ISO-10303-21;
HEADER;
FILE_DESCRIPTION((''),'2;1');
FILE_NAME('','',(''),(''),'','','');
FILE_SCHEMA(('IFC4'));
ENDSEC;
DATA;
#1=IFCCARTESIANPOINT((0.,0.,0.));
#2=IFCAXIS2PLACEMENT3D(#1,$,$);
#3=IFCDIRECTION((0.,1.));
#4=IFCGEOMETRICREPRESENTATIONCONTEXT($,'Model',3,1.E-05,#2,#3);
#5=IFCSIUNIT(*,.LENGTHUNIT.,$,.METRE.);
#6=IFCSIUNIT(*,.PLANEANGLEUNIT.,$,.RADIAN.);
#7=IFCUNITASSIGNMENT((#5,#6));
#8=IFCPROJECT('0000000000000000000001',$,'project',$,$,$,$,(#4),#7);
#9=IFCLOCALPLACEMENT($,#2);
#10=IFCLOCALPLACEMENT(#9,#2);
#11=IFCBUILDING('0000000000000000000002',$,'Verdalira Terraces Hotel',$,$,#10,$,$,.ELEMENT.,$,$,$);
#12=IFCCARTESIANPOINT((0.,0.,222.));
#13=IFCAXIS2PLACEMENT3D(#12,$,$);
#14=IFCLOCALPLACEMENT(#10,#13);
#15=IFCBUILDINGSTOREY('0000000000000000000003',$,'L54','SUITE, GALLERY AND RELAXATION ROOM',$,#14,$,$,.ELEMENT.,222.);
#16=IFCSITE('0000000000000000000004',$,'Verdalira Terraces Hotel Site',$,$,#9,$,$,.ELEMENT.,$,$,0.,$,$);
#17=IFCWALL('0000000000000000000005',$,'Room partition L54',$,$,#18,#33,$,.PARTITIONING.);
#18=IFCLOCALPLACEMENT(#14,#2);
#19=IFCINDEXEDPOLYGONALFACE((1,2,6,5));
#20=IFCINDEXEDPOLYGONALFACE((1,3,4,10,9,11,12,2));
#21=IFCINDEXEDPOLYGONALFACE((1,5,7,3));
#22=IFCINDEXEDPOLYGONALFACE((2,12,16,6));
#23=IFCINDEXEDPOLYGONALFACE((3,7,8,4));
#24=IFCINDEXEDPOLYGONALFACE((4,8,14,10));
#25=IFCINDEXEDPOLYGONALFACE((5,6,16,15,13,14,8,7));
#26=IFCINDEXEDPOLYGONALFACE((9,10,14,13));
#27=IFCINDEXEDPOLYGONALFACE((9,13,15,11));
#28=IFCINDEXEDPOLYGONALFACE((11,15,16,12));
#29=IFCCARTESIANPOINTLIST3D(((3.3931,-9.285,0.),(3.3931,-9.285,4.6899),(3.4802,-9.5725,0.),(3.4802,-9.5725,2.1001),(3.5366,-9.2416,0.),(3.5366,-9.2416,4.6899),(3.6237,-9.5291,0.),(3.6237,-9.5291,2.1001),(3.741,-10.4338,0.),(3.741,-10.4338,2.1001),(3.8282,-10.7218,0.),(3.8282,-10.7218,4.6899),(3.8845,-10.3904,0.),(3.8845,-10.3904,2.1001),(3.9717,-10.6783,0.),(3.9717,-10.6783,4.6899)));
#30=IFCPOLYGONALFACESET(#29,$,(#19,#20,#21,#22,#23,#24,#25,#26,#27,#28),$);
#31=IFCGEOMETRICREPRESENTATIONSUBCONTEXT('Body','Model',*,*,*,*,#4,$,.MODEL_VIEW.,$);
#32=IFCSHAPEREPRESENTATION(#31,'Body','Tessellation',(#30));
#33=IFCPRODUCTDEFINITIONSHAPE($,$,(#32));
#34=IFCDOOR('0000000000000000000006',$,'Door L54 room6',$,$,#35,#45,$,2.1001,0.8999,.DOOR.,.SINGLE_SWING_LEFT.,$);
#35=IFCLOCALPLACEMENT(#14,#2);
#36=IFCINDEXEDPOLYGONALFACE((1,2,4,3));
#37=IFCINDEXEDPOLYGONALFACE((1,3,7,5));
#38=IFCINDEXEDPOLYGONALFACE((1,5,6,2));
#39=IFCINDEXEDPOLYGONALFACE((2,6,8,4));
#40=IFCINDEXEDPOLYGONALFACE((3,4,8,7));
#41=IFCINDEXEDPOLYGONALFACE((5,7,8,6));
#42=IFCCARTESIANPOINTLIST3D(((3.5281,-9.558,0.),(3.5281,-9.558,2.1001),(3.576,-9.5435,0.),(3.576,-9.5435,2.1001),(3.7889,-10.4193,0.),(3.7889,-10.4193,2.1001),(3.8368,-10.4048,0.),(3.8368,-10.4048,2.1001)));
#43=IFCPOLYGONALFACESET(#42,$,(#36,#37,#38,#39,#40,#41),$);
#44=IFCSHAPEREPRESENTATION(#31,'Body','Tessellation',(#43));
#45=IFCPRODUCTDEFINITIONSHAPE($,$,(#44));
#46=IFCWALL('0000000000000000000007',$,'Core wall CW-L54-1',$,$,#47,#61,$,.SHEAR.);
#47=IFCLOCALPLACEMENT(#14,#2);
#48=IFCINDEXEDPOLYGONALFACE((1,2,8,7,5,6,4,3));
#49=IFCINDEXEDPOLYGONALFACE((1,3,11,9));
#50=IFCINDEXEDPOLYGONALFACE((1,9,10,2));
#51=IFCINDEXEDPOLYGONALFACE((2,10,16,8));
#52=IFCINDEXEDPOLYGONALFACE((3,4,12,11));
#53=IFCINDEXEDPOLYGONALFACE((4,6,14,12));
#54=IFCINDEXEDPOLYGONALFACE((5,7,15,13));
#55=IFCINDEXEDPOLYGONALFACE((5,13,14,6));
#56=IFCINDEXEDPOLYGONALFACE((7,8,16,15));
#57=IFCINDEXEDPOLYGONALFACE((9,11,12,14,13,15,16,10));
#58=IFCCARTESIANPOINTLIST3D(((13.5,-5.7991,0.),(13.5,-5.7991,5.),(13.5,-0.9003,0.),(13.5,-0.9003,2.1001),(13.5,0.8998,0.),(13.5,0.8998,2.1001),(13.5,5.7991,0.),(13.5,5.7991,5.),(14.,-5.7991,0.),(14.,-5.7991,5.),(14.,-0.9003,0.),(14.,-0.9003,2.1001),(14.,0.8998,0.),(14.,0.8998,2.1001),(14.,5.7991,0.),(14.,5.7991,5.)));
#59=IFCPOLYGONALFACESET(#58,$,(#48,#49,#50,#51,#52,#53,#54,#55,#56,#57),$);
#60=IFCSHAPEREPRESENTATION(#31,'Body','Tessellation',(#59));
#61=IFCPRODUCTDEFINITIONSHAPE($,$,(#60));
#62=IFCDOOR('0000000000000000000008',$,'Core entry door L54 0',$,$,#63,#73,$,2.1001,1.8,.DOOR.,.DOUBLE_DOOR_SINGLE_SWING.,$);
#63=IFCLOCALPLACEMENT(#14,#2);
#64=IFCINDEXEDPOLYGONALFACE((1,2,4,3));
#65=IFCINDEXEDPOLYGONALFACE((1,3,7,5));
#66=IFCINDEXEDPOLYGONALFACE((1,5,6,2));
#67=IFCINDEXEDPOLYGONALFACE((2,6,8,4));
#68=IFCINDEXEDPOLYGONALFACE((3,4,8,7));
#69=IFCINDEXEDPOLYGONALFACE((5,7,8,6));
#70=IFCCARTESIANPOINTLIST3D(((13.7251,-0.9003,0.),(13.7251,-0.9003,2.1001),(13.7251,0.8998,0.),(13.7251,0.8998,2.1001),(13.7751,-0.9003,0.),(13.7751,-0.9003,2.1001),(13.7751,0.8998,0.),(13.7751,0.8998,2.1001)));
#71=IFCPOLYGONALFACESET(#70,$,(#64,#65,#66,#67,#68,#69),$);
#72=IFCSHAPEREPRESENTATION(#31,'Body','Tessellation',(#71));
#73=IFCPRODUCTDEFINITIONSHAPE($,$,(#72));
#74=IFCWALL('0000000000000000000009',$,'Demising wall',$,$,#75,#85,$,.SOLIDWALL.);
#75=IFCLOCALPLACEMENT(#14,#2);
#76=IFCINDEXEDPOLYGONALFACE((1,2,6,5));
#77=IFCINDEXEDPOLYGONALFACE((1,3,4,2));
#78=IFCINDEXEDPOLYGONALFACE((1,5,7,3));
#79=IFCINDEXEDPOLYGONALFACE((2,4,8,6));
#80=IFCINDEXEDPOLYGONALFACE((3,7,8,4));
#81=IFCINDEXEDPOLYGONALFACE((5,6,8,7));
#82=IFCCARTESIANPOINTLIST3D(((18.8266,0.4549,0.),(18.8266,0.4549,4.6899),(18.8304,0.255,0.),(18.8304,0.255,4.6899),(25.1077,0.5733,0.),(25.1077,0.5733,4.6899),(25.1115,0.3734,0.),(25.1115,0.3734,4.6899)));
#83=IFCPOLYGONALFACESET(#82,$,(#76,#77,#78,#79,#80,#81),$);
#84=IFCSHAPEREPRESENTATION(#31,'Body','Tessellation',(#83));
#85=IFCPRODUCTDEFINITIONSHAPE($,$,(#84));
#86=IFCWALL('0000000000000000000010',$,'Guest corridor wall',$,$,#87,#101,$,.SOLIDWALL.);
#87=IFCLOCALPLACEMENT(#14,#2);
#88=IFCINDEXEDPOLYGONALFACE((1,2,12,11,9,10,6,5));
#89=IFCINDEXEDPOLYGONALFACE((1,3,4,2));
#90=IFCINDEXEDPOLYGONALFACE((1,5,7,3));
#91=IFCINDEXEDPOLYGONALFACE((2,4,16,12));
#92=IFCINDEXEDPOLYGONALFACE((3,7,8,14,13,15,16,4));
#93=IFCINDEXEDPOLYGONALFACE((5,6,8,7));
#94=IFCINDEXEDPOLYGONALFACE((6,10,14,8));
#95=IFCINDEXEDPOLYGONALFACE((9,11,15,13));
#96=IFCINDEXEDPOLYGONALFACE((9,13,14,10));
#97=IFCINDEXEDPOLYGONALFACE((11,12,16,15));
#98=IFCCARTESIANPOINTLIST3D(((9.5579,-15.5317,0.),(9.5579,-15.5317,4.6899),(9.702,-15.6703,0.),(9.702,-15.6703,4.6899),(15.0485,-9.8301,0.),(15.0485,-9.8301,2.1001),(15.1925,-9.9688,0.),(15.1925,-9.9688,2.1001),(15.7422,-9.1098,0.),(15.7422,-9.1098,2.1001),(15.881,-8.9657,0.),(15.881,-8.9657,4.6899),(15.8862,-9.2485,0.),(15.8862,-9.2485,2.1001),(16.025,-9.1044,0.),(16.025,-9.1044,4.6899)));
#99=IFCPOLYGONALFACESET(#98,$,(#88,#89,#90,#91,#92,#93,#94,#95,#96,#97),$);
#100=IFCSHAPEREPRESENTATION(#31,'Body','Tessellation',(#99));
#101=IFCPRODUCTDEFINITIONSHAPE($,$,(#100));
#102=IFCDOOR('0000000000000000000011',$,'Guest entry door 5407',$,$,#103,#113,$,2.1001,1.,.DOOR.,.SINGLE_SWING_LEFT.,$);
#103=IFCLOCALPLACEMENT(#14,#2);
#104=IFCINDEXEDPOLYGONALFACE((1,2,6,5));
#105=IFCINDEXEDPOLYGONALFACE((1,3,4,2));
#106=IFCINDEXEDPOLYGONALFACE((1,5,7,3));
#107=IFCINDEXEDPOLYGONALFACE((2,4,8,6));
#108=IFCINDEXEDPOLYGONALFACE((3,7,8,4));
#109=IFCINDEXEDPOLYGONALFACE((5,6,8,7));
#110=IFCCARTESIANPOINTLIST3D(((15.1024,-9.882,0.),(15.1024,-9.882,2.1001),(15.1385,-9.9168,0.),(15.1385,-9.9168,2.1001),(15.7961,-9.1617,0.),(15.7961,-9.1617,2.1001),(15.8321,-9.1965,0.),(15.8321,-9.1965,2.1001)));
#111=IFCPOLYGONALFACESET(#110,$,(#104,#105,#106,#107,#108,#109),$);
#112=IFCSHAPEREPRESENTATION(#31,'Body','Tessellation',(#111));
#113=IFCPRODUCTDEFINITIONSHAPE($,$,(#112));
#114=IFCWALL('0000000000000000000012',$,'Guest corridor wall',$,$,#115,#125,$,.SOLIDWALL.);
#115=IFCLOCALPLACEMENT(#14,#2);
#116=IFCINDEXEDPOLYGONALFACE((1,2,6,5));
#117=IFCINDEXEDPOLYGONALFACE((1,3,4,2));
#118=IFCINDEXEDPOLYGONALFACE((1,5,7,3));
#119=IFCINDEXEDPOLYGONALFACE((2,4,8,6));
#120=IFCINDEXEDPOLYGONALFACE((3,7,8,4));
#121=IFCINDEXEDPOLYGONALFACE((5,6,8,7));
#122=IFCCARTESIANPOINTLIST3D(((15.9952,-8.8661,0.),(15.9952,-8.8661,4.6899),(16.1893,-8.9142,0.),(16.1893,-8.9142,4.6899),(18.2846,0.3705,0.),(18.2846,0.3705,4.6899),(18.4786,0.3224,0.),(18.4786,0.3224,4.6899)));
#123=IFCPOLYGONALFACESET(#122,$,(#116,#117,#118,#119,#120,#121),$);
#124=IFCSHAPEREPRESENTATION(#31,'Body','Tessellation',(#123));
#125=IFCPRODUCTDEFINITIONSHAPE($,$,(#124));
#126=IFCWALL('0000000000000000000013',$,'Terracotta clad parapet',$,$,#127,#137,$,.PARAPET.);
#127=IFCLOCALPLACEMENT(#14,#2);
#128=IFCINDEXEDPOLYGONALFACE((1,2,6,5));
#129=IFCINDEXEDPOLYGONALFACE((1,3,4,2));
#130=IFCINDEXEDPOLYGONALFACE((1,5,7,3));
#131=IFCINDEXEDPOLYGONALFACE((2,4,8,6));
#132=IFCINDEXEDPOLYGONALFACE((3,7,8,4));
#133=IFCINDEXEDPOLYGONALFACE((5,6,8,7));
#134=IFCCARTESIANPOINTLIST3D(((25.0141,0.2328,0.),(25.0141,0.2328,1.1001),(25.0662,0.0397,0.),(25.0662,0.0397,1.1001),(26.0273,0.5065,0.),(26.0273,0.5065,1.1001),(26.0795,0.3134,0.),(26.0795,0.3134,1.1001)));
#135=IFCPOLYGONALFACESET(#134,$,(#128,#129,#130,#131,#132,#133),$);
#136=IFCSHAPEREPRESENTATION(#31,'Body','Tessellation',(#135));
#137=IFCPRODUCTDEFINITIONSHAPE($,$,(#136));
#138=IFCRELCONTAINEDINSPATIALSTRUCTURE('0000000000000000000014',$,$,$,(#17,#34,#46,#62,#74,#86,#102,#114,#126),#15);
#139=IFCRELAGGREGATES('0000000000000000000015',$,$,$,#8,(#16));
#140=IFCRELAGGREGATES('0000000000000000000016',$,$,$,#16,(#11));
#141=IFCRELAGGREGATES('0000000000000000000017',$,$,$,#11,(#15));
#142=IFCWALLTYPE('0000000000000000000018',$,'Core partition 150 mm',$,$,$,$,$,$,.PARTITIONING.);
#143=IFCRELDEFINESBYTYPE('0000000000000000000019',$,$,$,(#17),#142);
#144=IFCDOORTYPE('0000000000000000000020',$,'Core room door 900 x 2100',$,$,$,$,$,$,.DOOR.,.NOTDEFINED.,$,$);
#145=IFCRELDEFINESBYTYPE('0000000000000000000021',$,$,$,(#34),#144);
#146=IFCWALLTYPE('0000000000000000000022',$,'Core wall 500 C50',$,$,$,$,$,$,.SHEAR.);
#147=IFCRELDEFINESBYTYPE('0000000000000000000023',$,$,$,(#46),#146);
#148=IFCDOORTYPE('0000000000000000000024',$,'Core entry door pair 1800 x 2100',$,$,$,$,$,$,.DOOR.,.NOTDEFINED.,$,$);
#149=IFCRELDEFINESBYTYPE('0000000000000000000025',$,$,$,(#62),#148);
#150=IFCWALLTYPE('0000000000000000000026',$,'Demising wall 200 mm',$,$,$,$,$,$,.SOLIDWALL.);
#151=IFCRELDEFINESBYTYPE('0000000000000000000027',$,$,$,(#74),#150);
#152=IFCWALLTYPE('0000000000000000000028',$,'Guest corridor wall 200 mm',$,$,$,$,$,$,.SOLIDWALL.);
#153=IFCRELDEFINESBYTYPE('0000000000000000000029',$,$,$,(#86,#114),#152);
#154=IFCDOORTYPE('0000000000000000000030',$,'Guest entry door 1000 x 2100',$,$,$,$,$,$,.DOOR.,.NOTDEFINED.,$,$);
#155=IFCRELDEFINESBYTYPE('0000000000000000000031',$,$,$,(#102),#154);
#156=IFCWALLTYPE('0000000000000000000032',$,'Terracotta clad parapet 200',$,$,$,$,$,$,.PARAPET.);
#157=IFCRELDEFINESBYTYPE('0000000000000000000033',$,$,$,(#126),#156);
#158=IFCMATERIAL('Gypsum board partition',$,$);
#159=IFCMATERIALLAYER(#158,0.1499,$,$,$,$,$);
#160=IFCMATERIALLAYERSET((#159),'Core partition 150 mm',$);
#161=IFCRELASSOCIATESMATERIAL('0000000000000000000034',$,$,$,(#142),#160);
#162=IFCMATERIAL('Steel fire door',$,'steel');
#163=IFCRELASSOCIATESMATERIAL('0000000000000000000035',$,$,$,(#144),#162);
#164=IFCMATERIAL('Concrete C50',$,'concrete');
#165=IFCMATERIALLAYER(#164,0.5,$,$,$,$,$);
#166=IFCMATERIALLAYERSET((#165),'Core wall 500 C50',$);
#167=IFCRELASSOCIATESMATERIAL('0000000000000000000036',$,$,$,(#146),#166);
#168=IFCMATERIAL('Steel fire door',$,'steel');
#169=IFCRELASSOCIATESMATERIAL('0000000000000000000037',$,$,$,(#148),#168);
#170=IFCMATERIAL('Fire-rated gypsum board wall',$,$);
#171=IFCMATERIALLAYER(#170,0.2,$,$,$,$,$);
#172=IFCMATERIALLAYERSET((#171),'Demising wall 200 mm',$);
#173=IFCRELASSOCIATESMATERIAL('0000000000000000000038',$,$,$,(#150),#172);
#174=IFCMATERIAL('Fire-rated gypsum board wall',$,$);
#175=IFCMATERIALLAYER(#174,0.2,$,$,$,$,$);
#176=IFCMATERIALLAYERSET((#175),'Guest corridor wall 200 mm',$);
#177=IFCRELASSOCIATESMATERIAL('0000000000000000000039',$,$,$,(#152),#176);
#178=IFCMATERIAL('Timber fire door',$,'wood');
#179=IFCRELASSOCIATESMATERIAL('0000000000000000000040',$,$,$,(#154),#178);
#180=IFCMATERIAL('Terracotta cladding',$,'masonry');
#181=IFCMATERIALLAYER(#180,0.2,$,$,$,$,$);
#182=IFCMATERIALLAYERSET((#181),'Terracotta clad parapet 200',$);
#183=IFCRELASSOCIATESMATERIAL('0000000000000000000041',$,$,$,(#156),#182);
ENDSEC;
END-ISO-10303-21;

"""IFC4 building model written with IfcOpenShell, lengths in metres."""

from ifc_helpers import new_model, si_unit, direction, frame, frame_2d, origin, place, context, subcontext, project, spatial, rectangle, extrude, material, layer, layer_set, type_object, element, fill, save


model = new_model("IFC4")

# Units and contexts
model_context = context("Model", 3, precision=1e-05, world=origin(), true_north=direction((0.0, 1.0)))
body_context = subcontext(model_context, "Body", "Model", "MODEL_VIEW")
ifc_project = project(units=[si_unit("LENGTHUNIT", "METRE"), si_unit("PLANEANGLEUNIT", "RADIAN")], contexts=[model_context])

# Site, building, storey
site_placement = place(None, origin())
site = spatial("IfcSite", under=ifc_project, at=site_placement, Name="Verdalira Terraces Hotel Site", CompositionType="ELEMENT", RefElevation=0.0)
building_placement = place(site_placement, origin())
building = spatial("IfcBuilding", under=site, at=building_placement, Name="Verdalira Terraces Hotel", CompositionType="ELEMENT")
storey_placement = place(building_placement, frame((0.0, 0.0, 222.0)))
storey = spatial("IfcBuildingStorey", under=building, at=storey_placement, Name="L54", Description="SUITE, GALLERY AND RELAXATION ROOM", CompositionType="ELEMENT", Elevation=222.0)

# Walls, openings, doors
ifc_material_1 = material(Name="Gypsum board partition")
ifc_layer_1 = layer(ifc_material_1, 0.1499)
ifc_layer_set_1 = layer_set([ifc_layer_1], Name="Core partition 150 mm")
wall_type_1 = type_object("IfcWallType", Name="Core partition 150 mm", PredefinedType="PARTITIONING", material=ifc_layer_set_1)
wall_1_placement = place(storey_placement, frame((3.8999, -10.7, 0.0), z_axis=(0.0, 0.0, 1.0), x_axis=(-0.289809, 0.957085, 0.0)))
wall_1 = element("IfcWall", 1, at=wall_1_placement, inside=storey, type_object=wall_type_1, Name="Room partition L54", PredefinedType="PARTITIONING", context=body_context, shape_type="SweptSolid", body=[
    extrude(rectangle(XDim=1.5012, YDim=0.1499, at=frame_2d((0.7505, 0.0))), origin(), (0.0, 0.0, 1.0), 4.6899),
])
opening_1_placement = place(wall_1_placement, frame((0.3008, 0.0, 0.0)))
opening_1 = element("IfcOpeningElement", 2, at=opening_1_placement, cuts=wall_1, PredefinedType="OPENING", context=body_context, shape_type="SweptSolid", body=[
    extrude(rectangle(XDim=0.8999, YDim=2.1001, at=frame_2d((0.45, 1.05))), frame((0.0, 0.085, 0.0), z_axis=(0.0, -1.0, 0.0), x_axis=(1.0, 0.0, 0.0)), (0.0, 0.0, 1.0), 0.1699),
])
ifc_material_2 = material(Name="Steel fire door", Category="steel")
door_type_1 = type_object("IfcDoorType", Name="Core room door 900 x 2100", OperationType="NOTDEFINED", PredefinedType="DOOR", material=ifc_material_2)
door_1_placement = place(opening_1_placement, origin())
door_1 = element("IfcDoor", 3, at=door_1_placement, inside=storey, type_object=door_type_1, Name="Door L54 room6", OperationType="SINGLE_SWING_LEFT", OverallHeight=2.1001, OverallWidth=0.8999, PredefinedType="DOOR", context=body_context, shape_type="SweptSolid", body=[
    extrude(rectangle(XDim=0.8999, YDim=2.1001, at=frame_2d((0.45, 1.05))), frame((0.0, 0.0249, 0.0), z_axis=(0.0, -1.0, 0.0), x_axis=(1.0, 0.0, 0.0)), (0.0, 0.0, 1.0), 0.05),
])
fill(opening_1, door_1)
ifc_material_3 = material(Name="Concrete C50", Category="concrete")
ifc_layer_2 = layer(ifc_material_3, 0.5)
ifc_layer_set_2 = layer_set([ifc_layer_2], Name="Core wall 500 C50")
wall_type_2 = type_object("IfcWallType", Name="Core wall 500 C50", PredefinedType="SHEAR", material=ifc_layer_set_2)
wall_2_placement = place(storey_placement, frame((13.75, -5.7991, 0.0), z_axis=(0.0, 0.0, 1.0), x_axis=(0.0, 1.0, 0.0)))
wall_2 = element("IfcWall", 4, at=wall_2_placement, inside=storey, type_object=wall_type_2, Name="Core wall CW-L54-1", PredefinedType="SHEAR", context=body_context, shape_type="SweptSolid", body=[
    extrude(rectangle(XDim=11.5981, YDim=0.5, at=frame_2d((5.7991, 0.0))), origin(), (0.0, 0.0, 1.0), 5.0),
])
opening_2_placement = place(wall_2_placement, frame((4.8989, 0.0, 0.0)))
opening_2 = element("IfcOpeningElement", 5, at=opening_2_placement, cuts=wall_2, PredefinedType="OPENING", context=body_context, shape_type="SweptSolid", body=[
    extrude(rectangle(XDim=1.8, YDim=2.1001, at=frame_2d((0.8999, 1.05))), frame((0.0, 0.26, 0.0), z_axis=(0.0, -1.0, 0.0), x_axis=(1.0, 0.0, 0.0)), (0.0, 0.0, 1.0), 0.52),
])
ifc_material_4 = material(Name="Steel fire door", Category="steel")
door_type_2 = type_object("IfcDoorType", Name="Core entry door pair 1800 x 2100", OperationType="NOTDEFINED", PredefinedType="DOOR", material=ifc_material_4)
door_2_placement = place(opening_2_placement, origin())
door_2 = element("IfcDoor", 6, at=door_2_placement, inside=storey, type_object=door_type_2, Name="Core entry door L54 0", OperationType="DOUBLE_DOOR_SINGLE_SWING", OverallHeight=2.1001, OverallWidth=1.8, PredefinedType="DOOR", context=body_context, shape_type="SweptSolid", body=[
    extrude(rectangle(XDim=1.8, YDim=2.1001, at=frame_2d((0.8999, 1.05))), frame((0.0, 0.0249, 0.0), z_axis=(0.0, -1.0, 0.0), x_axis=(1.0, 0.0, 0.0)), (0.0, 0.0, 1.0), 0.05),
])
fill(opening_2, door_2)

# Wall
ifc_material_5 = material(Name="Fire-rated gypsum board wall")
ifc_layer_3 = layer(ifc_material_5, 0.2)
ifc_layer_set_3 = layer_set([ifc_layer_3], Name="Demising wall 200 mm")
wall_type_3 = type_object("IfcWallType", Name="Demising wall 200 mm", PredefinedType="SOLIDWALL", material=ifc_layer_set_3)
wall_3_placement = place(storey_placement, frame((25.1096, 0.4734, 0.0), z_axis=(0.0, 0.0, 1.0), x_axis=(-0.999822, -0.018848, 0.0)))
element("IfcWall", 7, at=wall_3_placement, inside=storey, type_object=wall_type_3, Name="Demising wall", PredefinedType="SOLIDWALL", context=body_context, shape_type="SweptSolid", body=[
    extrude(rectangle(XDim=6.2822, YDim=0.2, at=frame_2d((3.1411, 0.0))), origin(), (0.0, 0.0, 1.0), 4.6899),
])

# Wall, opening, door
ifc_material_6 = material(Name="Fire-rated gypsum board wall")
ifc_layer_4 = layer(ifc_material_6, 0.2)
ifc_layer_set_4 = layer_set([ifc_layer_4], Name="Guest corridor wall 200 mm")
wall_type_4 = type_object("IfcWallType", Name="Guest corridor wall 200 mm", PredefinedType="SOLIDWALL", material=ifc_layer_set_4)
wall_4_placement = place(storey_placement, frame((15.9529, -9.0352, 0.0), z_axis=(0.0, 0.0, 1.0), x_axis=(-0.693657, -0.720306, 0.0)))
wall_4 = element("IfcWall", 8, at=wall_4_placement, inside=storey, type_object=wall_type_4, Name="Guest corridor wall", PredefinedType="SOLIDWALL", context=body_context, shape_type="SweptSolid", body=[
    extrude(rectangle(XDim=9.1155, YDim=0.2, at=frame_2d((4.5576, 0.0))), origin(), (0.0, 0.0, 1.0), 4.6899),
])
opening_3_placement = place(wall_4_placement, frame((0.2, 0.0, 0.0)))
opening_3 = element("IfcOpeningElement", 9, at=opening_3_placement, cuts=wall_4, PredefinedType="OPENING", context=body_context, shape_type="SweptSolid", body=[
    extrude(rectangle(XDim=1.0, YDim=2.1001, at=frame_2d((0.5, 1.05))), frame((0.0, 0.1099, 0.0), z_axis=(0.0, -1.0, 0.0), x_axis=(1.0, 0.0, 0.0)), (0.0, 0.0, 1.0), 0.22),
])
ifc_material_7 = material(Name="Timber fire door", Category="wood")
door_type_3 = type_object("IfcDoorType", Name="Guest entry door 1000 x 2100", OperationType="NOTDEFINED", PredefinedType="DOOR", material=ifc_material_7)
door_3_placement = place(opening_3_placement, origin())
door_3 = element("IfcDoor", 10, at=door_3_placement, inside=storey, type_object=door_type_3, Name="Guest entry door 5407", OperationType="SINGLE_SWING_LEFT", OverallHeight=2.1001, OverallWidth=1.0, PredefinedType="DOOR", context=body_context, shape_type="SweptSolid", body=[
    extrude(rectangle(XDim=1.0, YDim=2.1001, at=frame_2d((0.5, 1.05))), frame((0.0, 0.0249, 0.0), z_axis=(0.0, -1.0, 0.0), x_axis=(1.0, 0.0, 0.0)), (0.0, 0.0, 1.0), 0.05),
])
fill(opening_3, door_3)

# Walls
wall_5_placement = place(storey_placement, frame((16.0923, -8.8901, 0.0), z_axis=(0.0, 0.0, 1.0), x_axis=(0.240573, 0.970631, 0.0)))
element("IfcWall", 11, at=wall_5_placement, inside=storey, type_object=wall_type_4, Name="Guest corridor wall", PredefinedType="SOLIDWALL", context=body_context, shape_type="SweptSolid", body=[
    extrude(rectangle(XDim=9.5161, YDim=0.2, at=frame_2d((4.7581, 0.0))), origin(), (0.0, 0.0, 1.0), 4.6899),
])
ifc_material_8 = material(Name="Terracotta cladding", Category="masonry")
ifc_layer_5 = layer(ifc_material_8, 0.2)
ifc_layer_set_5 = layer_set([ifc_layer_5], Name="Terracotta clad parapet 200")
wall_type_5 = type_object("IfcWallType", Name="Terracotta clad parapet 200", PredefinedType="PARAPET", material=ifc_layer_set_5)
wall_6_placement = place(storey_placement, frame((25.04, 0.1362, 0.0), z_axis=(0.0, 0.0, 1.0), x_axis=(0.9654, 0.260774, 0.0)))
element("IfcWall", 12, at=wall_6_placement, inside=storey, type_object=wall_type_5, Name="Terracotta clad parapet", PredefinedType="PARAPET", context=body_context, shape_type="SweptSolid", body=[
    extrude(rectangle(XDim=1.0496, YDim=0.2, at=frame_2d((0.5249, 0.0))), origin(), (0.0, 0.0, 1.0), 1.1001),
])

save(model, "model.ifc")
